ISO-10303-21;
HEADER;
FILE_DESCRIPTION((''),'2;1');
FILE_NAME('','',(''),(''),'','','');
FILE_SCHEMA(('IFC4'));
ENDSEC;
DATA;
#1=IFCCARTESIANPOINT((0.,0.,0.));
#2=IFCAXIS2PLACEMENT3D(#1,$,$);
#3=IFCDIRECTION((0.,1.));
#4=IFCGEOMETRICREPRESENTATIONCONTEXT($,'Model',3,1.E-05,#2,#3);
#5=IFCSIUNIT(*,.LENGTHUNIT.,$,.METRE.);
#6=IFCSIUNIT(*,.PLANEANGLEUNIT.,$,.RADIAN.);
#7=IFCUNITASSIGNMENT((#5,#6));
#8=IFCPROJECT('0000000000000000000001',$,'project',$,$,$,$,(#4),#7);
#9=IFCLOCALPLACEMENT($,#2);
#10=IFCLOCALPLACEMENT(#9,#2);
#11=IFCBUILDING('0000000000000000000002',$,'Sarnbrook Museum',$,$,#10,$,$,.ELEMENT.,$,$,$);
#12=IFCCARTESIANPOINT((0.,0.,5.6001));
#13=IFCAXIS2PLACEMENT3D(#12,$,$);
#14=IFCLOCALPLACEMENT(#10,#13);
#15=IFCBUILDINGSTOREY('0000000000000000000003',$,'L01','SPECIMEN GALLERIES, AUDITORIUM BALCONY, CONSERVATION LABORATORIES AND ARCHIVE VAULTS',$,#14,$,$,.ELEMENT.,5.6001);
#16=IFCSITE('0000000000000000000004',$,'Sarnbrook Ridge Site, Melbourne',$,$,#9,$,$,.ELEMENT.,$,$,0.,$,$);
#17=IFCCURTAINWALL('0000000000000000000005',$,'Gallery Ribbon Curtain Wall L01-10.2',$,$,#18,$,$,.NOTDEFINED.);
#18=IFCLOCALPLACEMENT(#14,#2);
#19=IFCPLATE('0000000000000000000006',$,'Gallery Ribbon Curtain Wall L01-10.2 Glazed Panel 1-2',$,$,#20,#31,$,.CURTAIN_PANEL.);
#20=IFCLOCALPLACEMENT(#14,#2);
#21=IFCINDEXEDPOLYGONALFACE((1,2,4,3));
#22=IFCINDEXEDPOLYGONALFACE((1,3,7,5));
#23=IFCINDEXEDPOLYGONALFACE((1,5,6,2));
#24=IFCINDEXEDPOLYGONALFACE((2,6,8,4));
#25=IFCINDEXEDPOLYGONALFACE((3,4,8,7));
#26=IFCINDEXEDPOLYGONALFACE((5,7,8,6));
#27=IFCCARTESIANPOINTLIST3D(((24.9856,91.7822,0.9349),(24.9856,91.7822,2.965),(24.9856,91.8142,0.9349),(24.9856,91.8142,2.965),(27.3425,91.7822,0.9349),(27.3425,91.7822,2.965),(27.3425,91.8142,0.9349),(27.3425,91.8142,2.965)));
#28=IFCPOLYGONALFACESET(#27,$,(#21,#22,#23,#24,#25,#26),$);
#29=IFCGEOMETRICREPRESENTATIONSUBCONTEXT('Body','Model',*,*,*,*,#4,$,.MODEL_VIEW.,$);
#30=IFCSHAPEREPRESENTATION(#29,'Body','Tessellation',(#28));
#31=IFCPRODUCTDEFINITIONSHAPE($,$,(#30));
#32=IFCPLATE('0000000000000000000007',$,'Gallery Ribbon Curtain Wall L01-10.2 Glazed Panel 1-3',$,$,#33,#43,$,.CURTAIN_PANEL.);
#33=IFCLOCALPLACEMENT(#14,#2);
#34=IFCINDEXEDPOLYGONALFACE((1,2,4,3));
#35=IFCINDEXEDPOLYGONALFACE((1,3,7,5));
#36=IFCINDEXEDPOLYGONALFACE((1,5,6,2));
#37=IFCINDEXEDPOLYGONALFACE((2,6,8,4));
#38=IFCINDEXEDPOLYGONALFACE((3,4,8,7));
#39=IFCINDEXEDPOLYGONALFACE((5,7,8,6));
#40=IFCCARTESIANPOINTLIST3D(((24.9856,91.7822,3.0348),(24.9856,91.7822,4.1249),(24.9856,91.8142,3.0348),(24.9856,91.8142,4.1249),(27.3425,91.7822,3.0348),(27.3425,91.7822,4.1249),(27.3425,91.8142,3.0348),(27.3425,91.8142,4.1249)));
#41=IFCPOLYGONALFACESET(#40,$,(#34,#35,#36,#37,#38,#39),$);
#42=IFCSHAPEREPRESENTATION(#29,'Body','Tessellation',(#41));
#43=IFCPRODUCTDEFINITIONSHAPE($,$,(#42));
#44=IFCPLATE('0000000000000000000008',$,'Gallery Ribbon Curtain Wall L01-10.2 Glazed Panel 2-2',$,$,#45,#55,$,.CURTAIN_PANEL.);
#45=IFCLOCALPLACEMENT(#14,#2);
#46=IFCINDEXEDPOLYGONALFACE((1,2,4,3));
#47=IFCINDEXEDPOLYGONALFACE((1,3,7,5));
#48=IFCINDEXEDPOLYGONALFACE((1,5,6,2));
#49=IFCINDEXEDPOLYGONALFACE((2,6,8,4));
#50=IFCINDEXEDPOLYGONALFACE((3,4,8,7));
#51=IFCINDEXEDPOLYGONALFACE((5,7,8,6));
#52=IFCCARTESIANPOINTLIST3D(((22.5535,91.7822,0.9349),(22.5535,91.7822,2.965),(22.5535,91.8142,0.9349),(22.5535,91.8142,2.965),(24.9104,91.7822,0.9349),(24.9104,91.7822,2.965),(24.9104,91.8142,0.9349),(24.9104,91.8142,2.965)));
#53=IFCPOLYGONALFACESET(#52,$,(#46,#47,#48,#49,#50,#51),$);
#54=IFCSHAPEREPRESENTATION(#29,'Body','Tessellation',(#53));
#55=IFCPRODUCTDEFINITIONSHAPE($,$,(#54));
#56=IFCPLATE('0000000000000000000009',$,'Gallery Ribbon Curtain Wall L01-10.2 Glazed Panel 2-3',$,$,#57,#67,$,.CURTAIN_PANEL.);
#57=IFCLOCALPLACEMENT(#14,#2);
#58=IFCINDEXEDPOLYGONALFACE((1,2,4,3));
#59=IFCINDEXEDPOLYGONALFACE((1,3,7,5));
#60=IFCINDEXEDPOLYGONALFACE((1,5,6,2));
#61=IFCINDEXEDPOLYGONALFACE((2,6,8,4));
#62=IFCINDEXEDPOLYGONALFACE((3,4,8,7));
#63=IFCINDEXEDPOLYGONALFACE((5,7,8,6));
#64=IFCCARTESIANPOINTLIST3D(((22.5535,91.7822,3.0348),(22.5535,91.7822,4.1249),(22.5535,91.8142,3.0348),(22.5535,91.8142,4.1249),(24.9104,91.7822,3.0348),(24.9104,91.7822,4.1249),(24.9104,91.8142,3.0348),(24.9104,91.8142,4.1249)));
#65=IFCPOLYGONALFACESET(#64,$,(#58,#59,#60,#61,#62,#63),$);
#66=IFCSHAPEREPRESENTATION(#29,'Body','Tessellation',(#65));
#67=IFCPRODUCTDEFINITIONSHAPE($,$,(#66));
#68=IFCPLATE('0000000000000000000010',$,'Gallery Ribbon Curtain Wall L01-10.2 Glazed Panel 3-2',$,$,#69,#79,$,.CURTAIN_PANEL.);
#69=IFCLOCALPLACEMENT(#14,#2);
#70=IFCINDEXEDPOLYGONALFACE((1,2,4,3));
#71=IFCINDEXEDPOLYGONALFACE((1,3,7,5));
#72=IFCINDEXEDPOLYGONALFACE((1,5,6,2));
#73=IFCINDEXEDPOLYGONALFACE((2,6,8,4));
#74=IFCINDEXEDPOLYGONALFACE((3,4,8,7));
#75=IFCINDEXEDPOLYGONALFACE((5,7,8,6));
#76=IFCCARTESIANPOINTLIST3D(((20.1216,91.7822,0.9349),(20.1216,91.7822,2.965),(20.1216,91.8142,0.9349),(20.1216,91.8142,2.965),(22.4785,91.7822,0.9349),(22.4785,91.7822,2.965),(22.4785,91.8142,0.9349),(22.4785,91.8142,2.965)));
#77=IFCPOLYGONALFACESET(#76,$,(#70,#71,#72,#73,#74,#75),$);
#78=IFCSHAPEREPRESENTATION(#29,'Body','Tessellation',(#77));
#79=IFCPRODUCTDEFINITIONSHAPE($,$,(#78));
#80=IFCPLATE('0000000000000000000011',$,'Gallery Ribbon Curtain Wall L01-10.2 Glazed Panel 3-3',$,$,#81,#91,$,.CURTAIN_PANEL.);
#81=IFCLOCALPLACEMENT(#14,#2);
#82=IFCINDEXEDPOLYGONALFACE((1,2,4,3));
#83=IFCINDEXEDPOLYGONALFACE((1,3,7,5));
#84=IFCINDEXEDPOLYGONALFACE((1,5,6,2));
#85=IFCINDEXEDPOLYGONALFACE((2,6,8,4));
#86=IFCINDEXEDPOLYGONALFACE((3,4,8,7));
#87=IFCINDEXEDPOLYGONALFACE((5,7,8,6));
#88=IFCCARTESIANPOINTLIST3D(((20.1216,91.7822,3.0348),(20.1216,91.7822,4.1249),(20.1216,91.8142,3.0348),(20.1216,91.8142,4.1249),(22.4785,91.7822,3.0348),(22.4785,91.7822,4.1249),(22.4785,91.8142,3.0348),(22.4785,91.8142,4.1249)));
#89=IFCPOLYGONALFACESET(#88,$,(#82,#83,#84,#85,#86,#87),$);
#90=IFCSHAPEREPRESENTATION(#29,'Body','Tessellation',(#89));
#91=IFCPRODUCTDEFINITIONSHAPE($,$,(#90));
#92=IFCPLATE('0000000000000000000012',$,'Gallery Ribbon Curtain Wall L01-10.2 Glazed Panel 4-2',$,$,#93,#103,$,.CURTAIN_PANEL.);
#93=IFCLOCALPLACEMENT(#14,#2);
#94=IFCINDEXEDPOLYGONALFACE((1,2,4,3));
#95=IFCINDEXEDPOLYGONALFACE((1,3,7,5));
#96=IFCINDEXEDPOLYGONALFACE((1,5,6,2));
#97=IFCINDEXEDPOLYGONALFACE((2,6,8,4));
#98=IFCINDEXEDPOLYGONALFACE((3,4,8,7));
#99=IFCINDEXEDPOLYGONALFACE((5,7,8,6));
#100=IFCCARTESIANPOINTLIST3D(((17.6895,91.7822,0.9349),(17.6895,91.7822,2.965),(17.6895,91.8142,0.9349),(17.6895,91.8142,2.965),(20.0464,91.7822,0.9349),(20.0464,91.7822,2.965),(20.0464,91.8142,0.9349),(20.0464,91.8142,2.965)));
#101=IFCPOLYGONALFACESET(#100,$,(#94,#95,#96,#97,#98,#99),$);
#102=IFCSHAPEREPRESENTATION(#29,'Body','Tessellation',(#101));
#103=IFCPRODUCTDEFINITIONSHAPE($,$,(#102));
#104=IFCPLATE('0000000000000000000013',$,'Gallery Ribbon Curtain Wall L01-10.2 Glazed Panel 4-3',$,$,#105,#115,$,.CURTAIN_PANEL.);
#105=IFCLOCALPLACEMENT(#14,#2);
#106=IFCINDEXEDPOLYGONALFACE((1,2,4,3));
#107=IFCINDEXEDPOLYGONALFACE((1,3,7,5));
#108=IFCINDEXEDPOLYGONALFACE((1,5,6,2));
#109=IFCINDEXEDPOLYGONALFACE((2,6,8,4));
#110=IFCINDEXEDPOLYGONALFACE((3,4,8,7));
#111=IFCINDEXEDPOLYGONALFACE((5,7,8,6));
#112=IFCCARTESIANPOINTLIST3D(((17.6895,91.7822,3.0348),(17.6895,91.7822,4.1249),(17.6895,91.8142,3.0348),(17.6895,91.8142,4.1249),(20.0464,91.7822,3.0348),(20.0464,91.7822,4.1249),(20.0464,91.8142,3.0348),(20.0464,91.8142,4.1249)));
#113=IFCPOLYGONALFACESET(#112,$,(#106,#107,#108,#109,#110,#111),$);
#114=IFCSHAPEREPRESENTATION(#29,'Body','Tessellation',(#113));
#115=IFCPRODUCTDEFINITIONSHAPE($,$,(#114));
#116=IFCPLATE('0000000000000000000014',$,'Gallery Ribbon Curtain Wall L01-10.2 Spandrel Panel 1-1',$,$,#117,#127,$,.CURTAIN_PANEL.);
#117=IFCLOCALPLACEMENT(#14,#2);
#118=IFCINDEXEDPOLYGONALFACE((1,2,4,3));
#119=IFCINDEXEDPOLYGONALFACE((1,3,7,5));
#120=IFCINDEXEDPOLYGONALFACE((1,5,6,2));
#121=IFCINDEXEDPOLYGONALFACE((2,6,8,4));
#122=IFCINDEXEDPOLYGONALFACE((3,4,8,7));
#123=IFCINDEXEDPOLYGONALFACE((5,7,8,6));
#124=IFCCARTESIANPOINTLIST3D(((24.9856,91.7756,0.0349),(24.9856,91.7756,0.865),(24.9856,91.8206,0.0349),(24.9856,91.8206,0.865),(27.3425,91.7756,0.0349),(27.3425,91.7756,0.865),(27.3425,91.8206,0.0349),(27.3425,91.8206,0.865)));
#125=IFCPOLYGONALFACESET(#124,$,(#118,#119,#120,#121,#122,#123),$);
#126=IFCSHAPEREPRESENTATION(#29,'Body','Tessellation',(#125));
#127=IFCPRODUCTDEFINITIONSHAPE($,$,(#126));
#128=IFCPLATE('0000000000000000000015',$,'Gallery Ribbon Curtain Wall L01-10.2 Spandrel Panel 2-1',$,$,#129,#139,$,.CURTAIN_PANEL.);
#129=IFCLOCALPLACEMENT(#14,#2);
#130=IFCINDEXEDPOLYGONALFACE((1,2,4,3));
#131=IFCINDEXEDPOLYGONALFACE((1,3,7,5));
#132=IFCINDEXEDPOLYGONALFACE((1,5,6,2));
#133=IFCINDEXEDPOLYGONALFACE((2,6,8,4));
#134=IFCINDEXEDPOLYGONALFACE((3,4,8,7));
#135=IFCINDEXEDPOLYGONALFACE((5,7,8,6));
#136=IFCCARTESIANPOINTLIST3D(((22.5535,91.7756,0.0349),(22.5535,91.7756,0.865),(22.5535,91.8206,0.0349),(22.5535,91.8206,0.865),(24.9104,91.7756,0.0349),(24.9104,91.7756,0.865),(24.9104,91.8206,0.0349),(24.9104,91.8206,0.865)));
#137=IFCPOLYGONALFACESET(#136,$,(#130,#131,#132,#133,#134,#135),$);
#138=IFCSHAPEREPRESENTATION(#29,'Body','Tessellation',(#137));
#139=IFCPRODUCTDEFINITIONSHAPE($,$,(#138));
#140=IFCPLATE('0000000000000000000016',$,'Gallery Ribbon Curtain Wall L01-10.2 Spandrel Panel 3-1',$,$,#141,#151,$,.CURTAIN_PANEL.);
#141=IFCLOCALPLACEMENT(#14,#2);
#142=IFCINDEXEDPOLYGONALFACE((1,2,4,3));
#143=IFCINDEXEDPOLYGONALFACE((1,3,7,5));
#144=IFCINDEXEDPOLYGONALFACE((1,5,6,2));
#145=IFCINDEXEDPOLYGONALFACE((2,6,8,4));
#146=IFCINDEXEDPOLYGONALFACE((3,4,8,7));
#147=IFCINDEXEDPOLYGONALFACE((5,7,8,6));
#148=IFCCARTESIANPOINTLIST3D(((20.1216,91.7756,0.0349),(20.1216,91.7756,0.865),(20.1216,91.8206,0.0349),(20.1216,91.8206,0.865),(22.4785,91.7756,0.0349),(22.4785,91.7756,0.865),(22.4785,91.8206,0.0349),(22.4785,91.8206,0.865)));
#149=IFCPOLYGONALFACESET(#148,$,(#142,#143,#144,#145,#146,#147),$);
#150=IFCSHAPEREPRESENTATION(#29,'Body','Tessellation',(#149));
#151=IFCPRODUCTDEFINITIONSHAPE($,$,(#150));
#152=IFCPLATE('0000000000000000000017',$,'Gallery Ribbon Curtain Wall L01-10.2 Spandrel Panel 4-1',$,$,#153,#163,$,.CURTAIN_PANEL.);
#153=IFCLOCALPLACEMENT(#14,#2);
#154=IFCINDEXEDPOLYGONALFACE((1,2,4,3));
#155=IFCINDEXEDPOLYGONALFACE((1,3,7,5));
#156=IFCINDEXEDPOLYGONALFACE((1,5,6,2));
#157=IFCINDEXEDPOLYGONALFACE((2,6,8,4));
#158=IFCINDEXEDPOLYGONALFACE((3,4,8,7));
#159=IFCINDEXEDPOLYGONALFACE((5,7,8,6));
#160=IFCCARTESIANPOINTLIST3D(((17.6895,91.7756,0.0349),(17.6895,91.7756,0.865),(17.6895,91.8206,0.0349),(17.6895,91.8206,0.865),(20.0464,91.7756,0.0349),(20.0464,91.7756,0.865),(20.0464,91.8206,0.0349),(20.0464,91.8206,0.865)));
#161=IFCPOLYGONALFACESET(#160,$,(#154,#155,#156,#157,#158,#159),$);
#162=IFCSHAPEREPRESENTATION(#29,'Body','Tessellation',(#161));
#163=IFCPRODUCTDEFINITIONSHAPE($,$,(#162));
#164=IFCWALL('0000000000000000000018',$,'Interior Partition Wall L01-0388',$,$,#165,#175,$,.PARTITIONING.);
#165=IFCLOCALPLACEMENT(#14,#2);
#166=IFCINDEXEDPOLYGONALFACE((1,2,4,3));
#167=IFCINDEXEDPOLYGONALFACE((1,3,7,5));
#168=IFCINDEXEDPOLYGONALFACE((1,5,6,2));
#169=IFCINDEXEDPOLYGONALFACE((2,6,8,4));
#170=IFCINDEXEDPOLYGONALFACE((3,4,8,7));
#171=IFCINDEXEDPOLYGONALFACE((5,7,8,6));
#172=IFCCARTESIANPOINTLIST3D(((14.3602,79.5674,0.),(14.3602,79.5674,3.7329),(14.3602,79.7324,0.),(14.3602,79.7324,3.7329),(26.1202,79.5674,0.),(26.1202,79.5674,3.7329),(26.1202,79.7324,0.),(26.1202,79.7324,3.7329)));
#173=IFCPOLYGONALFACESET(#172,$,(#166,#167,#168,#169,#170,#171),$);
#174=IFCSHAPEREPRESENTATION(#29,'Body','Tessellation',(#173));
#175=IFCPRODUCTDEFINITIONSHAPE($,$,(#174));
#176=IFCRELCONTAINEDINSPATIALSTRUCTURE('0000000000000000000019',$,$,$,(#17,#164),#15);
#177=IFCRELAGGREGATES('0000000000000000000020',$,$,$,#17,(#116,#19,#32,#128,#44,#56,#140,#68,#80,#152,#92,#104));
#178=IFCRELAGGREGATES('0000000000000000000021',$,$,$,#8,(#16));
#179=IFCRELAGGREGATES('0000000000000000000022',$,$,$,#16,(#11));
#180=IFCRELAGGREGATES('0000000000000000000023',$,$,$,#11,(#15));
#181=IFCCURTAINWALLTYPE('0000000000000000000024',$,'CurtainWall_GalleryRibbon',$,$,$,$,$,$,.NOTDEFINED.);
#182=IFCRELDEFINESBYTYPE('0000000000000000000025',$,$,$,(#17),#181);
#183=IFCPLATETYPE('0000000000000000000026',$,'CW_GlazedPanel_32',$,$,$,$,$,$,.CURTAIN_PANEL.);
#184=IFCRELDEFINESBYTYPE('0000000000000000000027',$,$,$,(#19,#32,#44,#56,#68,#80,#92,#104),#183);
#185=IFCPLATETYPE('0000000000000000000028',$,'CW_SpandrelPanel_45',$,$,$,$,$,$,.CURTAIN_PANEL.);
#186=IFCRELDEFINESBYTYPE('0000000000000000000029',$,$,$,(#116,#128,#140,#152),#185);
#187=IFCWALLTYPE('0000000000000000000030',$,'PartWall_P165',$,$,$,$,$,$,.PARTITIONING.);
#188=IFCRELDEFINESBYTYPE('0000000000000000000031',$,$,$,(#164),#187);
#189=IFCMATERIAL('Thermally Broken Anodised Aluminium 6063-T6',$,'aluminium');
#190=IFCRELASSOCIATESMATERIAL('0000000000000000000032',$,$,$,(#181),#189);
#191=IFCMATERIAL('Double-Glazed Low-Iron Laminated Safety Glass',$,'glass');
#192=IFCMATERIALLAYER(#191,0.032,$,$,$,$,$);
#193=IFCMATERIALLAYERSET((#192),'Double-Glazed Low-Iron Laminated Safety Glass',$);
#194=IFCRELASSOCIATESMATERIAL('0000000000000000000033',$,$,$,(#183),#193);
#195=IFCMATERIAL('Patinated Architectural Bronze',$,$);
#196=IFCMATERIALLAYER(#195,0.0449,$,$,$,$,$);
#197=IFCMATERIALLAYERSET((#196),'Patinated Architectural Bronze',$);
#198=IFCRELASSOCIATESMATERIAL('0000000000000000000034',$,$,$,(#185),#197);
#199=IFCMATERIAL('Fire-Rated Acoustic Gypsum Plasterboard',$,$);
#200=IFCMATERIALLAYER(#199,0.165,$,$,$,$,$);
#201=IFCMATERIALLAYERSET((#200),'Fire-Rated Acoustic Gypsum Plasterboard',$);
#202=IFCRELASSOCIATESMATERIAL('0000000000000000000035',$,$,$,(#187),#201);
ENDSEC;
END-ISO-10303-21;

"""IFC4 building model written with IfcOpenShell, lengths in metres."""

from ifc_helpers import new_model, si_unit, direction, frame, frame_2d, origin, origin_2d, place, context, subcontext, project, spatial, rectangle, extrude, material, layer, layer_set, type_object, element, aggregate, save


model = new_model("IFC4")

# Units and contexts
model_context = context("Model", 3, precision=1e-05, world=origin(), true_north=direction((0.0, 1.0)))
body_context = subcontext(model_context, "Body", "Model", "MODEL_VIEW")
ifc_project = project(units=[si_unit("LENGTHUNIT", "METRE"), si_unit("PLANEANGLEUNIT", "RADIAN")], contexts=[model_context])

# Site, building, storey
site_placement = place(None, origin())
site = spatial("IfcSite", under=ifc_project, at=site_placement, Name="Sarnbrook Ridge Site, Melbourne", CompositionType="ELEMENT", RefElevation=0.0)
building_placement = place(site_placement, origin())
building = spatial("IfcBuilding", under=site, at=building_placement, Name="Sarnbrook Museum", CompositionType="ELEMENT")
storey_placement = place(building_placement, frame((0.0, 0.0, 5.6001)))
storey = spatial("IfcBuildingStorey", under=building, at=storey_placement, Name="L01", Description="SPECIMEN GALLERIES, AUDITORIUM BALCONY, CONSERVATION LABORATORIES AND ARCHIVE VAULTS", CompositionType="ELEMENT", Elevation=5.6001)

# Curtain wall
ifc_material_1 = material(Name="Thermally Broken Anodised Aluminium 6063-T6", Category="aluminium")
curtain_wall_type = type_object("IfcCurtainWallType", Name="CurtainWall_GalleryRibbon", PredefinedType="NOTDEFINED", material=ifc_material_1)
curtain_wall_placement = place(storey_placement, origin())
curtain_wall = element("IfcCurtainWall", 1, at=curtain_wall_placement, inside=storey, type_object=curtain_wall_type, Name="Gallery Ribbon Curtain Wall L01-10.2", PredefinedType="NOTDEFINED")

# Plates
ifc_material_2 = material(Name="Double-Glazed Low-Iron Laminated Safety Glass", Category="glass")
ifc_layer_1 = layer(ifc_material_2, 0.032)
ifc_layer_set_1 = layer_set([ifc_layer_1], Name="Double-Glazed Low-Iron Laminated Safety Glass")
plate_type_1 = type_object("IfcPlateType", Name="CW_GlazedPanel_32", PredefinedType="CURTAIN_PANEL", material=ifc_layer_set_1)
plate_1_placement = place(storey_placement, frame((26.1641, 91.7822, 1.95), z_axis=(0.0, 1.0, 0.0), x_axis=(-1.0, 0.0, 0.0)))
plate_1 = element("IfcPlate", 2, at=plate_1_placement, type_object=plate_type_1, Name="Gallery Ribbon Curtain Wall L01-10.2 Glazed Panel 1-2", PredefinedType="CURTAIN_PANEL", context=body_context, shape_type="SweptSolid", body=[
    extrude(rectangle(XDim=2.3569, YDim=2.03, at=origin_2d()), origin(), (0.0, 0.0, 1.0), 0.032),
])
plate_2_placement = place(storey_placement, frame((26.1641, 91.7822, 3.5798), z_axis=(0.0, 1.0, 0.0), x_axis=(-1.0, 0.0, 0.0)))
plate_2 = element("IfcPlate", 3, at=plate_2_placement, type_object=plate_type_1, Name="Gallery Ribbon Curtain Wall L01-10.2 Glazed Panel 1-3", PredefinedType="CURTAIN_PANEL", context=body_context, shape_type="SweptSolid", body=[
    extrude(rectangle(XDim=2.3569, YDim=1.0901, at=origin_2d()), origin(), (0.0, 0.0, 1.0), 0.032),
])
plate_3_placement = place(storey_placement, frame((23.7319, 91.7822, 1.95), z_axis=(0.0, 1.0, 0.0), x_axis=(-1.0, 0.0, 0.0)))
plate_3 = element("IfcPlate", 4, at=plate_3_placement, type_object=plate_type_1, Name="Gallery Ribbon Curtain Wall L01-10.2 Glazed Panel 2-2", PredefinedType="CURTAIN_PANEL", context=body_context, shape_type="SweptSolid", body=[
    extrude(rectangle(XDim=2.3569, YDim=2.03, at=origin_2d()), origin(), (0.0, 0.0, 1.0), 0.032),
])
plate_4_placement = place(storey_placement, frame((23.7319, 91.7822, 3.5798), z_axis=(0.0, 1.0, 0.0), x_axis=(-1.0, 0.0, 0.0)))
plate_4 = element("IfcPlate", 5, at=plate_4_placement, type_object=plate_type_1, Name="Gallery Ribbon Curtain Wall L01-10.2 Glazed Panel 2-3", PredefinedType="CURTAIN_PANEL", context=body_context, shape_type="SweptSolid", body=[
    extrude(rectangle(XDim=2.3569, YDim=1.0901, at=origin_2d()), origin(), (0.0, 0.0, 1.0), 0.032),
])
plate_5_placement = place(storey_placement, frame((21.3, 91.7822, 1.95), z_axis=(0.0, 1.0, 0.0), x_axis=(-1.0, 0.0, 0.0)))
plate_5 = element("IfcPlate", 6, at=plate_5_placement, type_object=plate_type_1, Name="Gallery Ribbon Curtain Wall L01-10.2 Glazed Panel 3-2", PredefinedType="CURTAIN_PANEL", context=body_context, shape_type="SweptSolid", body=[
    extrude(rectangle(XDim=2.3569, YDim=2.03, at=origin_2d()), origin(), (0.0, 0.0, 1.0), 0.032),
])
plate_6_placement = place(storey_placement, frame((21.3, 91.7822, 3.5798), z_axis=(0.0, 1.0, 0.0), x_axis=(-1.0, 0.0, 0.0)))
plate_6 = element("IfcPlate", 7, at=plate_6_placement, type_object=plate_type_1, Name="Gallery Ribbon Curtain Wall L01-10.2 Glazed Panel 3-3", PredefinedType="CURTAIN_PANEL", context=body_context, shape_type="SweptSolid", body=[
    extrude(rectangle(XDim=2.3569, YDim=1.0901, at=origin_2d()), origin(), (0.0, 0.0, 1.0), 0.032),
])
plate_7_placement = place(storey_placement, frame((18.8679, 91.7822, 1.95), z_axis=(0.0, 1.0, 0.0), x_axis=(-1.0, 0.0, 0.0)))
plate_7 = element("IfcPlate", 8, at=plate_7_placement, type_object=plate_type_1, Name="Gallery Ribbon Curtain Wall L01-10.2 Glazed Panel 4-2", PredefinedType="CURTAIN_PANEL", context=body_context, shape_type="SweptSolid", body=[
    extrude(rectangle(XDim=2.3569, YDim=2.03, at=origin_2d()), origin(), (0.0, 0.0, 1.0), 0.032),
])
plate_8_placement = place(storey_placement, frame((18.8679, 91.7822, 3.5798), z_axis=(0.0, 1.0, 0.0), x_axis=(-1.0, 0.0, 0.0)))
plate_8 = element("IfcPlate", 9, at=plate_8_placement, type_object=plate_type_1, Name="Gallery Ribbon Curtain Wall L01-10.2 Glazed Panel 4-3", PredefinedType="CURTAIN_PANEL", context=body_context, shape_type="SweptSolid", body=[
    extrude(rectangle(XDim=2.3569, YDim=1.0901, at=origin_2d()), origin(), (0.0, 0.0, 1.0), 0.032),
])
ifc_material_3 = material(Name="Patinated Architectural Bronze")
ifc_layer_2 = layer(ifc_material_3, 0.0449)
ifc_layer_set_2 = layer_set([ifc_layer_2], Name="Patinated Architectural Bronze")
plate_type_2 = type_object("IfcPlateType", Name="CW_SpandrelPanel_45", PredefinedType="CURTAIN_PANEL", material=ifc_layer_set_2)
plate_9_placement = place(storey_placement, frame((26.1641, 91.7756, 0.45), z_axis=(0.0, 1.0, 0.0), x_axis=(-1.0, 0.0, 0.0)))
plate_9 = element("IfcPlate", 10, at=plate_9_placement, type_object=plate_type_2, Name="Gallery Ribbon Curtain Wall L01-10.2 Spandrel Panel 1-1", PredefinedType="CURTAIN_PANEL", context=body_context, shape_type="SweptSolid", body=[
    extrude(rectangle(XDim=2.3569, YDim=0.8301, at=origin_2d()), origin(), (0.0, 0.0, 1.0), 0.0449),
])
plate_10_placement = place(storey_placement, frame((23.7319, 91.7756, 0.45), z_axis=(0.0, 1.0, 0.0), x_axis=(-1.0, 0.0, 0.0)))
plate_10 = element("IfcPlate", 11, at=plate_10_placement, type_object=plate_type_2, Name="Gallery Ribbon Curtain Wall L01-10.2 Spandrel Panel 2-1", PredefinedType="CURTAIN_PANEL", context=body_context, shape_type="SweptSolid", body=[
    extrude(rectangle(XDim=2.3569, YDim=0.8301, at=origin_2d()), origin(), (0.0, 0.0, 1.0), 0.0449),
])
plate_11_placement = place(storey_placement, frame((21.3, 91.7756, 0.45), z_axis=(0.0, 1.0, 0.0), x_axis=(-1.0, 0.0, 0.0)))
plate_11 = element("IfcPlate", 12, at=plate_11_placement, type_object=plate_type_2, Name="Gallery Ribbon Curtain Wall L01-10.2 Spandrel Panel 3-1", PredefinedType="CURTAIN_PANEL", context=body_context, shape_type="SweptSolid", body=[
    extrude(rectangle(XDim=2.3569, YDim=0.8301, at=origin_2d()), origin(), (0.0, 0.0, 1.0), 0.0449),
])
plate_12_placement = place(storey_placement, frame((18.8679, 91.7756, 0.45), z_axis=(0.0, 1.0, 0.0), x_axis=(-1.0, 0.0, 0.0)))
plate_12 = element("IfcPlate", 13, at=plate_12_placement, type_object=plate_type_2, Name="Gallery Ribbon Curtain Wall L01-10.2 Spandrel Panel 4-1", PredefinedType="CURTAIN_PANEL", context=body_context, shape_type="SweptSolid", body=[
    extrude(rectangle(XDim=2.3569, YDim=0.8301, at=origin_2d()), origin(), (0.0, 0.0, 1.0), 0.0449),
])
aggregate(curtain_wall, [plate_9, plate_1, plate_2, plate_10, plate_3, plate_4, plate_11, plate_5, plate_6, plate_12, plate_7, plate_8])

# Wall
ifc_material_4 = material(Name="Fire-Rated Acoustic Gypsum Plasterboard")
ifc_layer_3 = layer(ifc_material_4, 0.165)
ifc_layer_set_3 = layer_set([ifc_layer_3], Name="Fire-Rated Acoustic Gypsum Plasterboard")
wall_type = type_object("IfcWallType", Name="PartWall_P165", PredefinedType="PARTITIONING", material=ifc_layer_set_3)
wall_placement = place(storey_placement, frame((26.1201, 79.6499, 0.0), z_axis=(0.0, 0.0, 1.0), x_axis=(-1.0, 0.0, 0.0)))
element("IfcWall", 14, at=wall_placement, inside=storey, type_object=wall_type, Name="Interior Partition Wall L01-0388", PredefinedType="PARTITIONING", context=body_context, shape_type="SweptSolid", body=[
    extrude(rectangle(XDim=11.76, YDim=0.165, at=frame_2d((5.8799, 0.0))), origin(), (0.0, 0.0, 1.0), 3.7329),
])

save(model, "model.ifc")
